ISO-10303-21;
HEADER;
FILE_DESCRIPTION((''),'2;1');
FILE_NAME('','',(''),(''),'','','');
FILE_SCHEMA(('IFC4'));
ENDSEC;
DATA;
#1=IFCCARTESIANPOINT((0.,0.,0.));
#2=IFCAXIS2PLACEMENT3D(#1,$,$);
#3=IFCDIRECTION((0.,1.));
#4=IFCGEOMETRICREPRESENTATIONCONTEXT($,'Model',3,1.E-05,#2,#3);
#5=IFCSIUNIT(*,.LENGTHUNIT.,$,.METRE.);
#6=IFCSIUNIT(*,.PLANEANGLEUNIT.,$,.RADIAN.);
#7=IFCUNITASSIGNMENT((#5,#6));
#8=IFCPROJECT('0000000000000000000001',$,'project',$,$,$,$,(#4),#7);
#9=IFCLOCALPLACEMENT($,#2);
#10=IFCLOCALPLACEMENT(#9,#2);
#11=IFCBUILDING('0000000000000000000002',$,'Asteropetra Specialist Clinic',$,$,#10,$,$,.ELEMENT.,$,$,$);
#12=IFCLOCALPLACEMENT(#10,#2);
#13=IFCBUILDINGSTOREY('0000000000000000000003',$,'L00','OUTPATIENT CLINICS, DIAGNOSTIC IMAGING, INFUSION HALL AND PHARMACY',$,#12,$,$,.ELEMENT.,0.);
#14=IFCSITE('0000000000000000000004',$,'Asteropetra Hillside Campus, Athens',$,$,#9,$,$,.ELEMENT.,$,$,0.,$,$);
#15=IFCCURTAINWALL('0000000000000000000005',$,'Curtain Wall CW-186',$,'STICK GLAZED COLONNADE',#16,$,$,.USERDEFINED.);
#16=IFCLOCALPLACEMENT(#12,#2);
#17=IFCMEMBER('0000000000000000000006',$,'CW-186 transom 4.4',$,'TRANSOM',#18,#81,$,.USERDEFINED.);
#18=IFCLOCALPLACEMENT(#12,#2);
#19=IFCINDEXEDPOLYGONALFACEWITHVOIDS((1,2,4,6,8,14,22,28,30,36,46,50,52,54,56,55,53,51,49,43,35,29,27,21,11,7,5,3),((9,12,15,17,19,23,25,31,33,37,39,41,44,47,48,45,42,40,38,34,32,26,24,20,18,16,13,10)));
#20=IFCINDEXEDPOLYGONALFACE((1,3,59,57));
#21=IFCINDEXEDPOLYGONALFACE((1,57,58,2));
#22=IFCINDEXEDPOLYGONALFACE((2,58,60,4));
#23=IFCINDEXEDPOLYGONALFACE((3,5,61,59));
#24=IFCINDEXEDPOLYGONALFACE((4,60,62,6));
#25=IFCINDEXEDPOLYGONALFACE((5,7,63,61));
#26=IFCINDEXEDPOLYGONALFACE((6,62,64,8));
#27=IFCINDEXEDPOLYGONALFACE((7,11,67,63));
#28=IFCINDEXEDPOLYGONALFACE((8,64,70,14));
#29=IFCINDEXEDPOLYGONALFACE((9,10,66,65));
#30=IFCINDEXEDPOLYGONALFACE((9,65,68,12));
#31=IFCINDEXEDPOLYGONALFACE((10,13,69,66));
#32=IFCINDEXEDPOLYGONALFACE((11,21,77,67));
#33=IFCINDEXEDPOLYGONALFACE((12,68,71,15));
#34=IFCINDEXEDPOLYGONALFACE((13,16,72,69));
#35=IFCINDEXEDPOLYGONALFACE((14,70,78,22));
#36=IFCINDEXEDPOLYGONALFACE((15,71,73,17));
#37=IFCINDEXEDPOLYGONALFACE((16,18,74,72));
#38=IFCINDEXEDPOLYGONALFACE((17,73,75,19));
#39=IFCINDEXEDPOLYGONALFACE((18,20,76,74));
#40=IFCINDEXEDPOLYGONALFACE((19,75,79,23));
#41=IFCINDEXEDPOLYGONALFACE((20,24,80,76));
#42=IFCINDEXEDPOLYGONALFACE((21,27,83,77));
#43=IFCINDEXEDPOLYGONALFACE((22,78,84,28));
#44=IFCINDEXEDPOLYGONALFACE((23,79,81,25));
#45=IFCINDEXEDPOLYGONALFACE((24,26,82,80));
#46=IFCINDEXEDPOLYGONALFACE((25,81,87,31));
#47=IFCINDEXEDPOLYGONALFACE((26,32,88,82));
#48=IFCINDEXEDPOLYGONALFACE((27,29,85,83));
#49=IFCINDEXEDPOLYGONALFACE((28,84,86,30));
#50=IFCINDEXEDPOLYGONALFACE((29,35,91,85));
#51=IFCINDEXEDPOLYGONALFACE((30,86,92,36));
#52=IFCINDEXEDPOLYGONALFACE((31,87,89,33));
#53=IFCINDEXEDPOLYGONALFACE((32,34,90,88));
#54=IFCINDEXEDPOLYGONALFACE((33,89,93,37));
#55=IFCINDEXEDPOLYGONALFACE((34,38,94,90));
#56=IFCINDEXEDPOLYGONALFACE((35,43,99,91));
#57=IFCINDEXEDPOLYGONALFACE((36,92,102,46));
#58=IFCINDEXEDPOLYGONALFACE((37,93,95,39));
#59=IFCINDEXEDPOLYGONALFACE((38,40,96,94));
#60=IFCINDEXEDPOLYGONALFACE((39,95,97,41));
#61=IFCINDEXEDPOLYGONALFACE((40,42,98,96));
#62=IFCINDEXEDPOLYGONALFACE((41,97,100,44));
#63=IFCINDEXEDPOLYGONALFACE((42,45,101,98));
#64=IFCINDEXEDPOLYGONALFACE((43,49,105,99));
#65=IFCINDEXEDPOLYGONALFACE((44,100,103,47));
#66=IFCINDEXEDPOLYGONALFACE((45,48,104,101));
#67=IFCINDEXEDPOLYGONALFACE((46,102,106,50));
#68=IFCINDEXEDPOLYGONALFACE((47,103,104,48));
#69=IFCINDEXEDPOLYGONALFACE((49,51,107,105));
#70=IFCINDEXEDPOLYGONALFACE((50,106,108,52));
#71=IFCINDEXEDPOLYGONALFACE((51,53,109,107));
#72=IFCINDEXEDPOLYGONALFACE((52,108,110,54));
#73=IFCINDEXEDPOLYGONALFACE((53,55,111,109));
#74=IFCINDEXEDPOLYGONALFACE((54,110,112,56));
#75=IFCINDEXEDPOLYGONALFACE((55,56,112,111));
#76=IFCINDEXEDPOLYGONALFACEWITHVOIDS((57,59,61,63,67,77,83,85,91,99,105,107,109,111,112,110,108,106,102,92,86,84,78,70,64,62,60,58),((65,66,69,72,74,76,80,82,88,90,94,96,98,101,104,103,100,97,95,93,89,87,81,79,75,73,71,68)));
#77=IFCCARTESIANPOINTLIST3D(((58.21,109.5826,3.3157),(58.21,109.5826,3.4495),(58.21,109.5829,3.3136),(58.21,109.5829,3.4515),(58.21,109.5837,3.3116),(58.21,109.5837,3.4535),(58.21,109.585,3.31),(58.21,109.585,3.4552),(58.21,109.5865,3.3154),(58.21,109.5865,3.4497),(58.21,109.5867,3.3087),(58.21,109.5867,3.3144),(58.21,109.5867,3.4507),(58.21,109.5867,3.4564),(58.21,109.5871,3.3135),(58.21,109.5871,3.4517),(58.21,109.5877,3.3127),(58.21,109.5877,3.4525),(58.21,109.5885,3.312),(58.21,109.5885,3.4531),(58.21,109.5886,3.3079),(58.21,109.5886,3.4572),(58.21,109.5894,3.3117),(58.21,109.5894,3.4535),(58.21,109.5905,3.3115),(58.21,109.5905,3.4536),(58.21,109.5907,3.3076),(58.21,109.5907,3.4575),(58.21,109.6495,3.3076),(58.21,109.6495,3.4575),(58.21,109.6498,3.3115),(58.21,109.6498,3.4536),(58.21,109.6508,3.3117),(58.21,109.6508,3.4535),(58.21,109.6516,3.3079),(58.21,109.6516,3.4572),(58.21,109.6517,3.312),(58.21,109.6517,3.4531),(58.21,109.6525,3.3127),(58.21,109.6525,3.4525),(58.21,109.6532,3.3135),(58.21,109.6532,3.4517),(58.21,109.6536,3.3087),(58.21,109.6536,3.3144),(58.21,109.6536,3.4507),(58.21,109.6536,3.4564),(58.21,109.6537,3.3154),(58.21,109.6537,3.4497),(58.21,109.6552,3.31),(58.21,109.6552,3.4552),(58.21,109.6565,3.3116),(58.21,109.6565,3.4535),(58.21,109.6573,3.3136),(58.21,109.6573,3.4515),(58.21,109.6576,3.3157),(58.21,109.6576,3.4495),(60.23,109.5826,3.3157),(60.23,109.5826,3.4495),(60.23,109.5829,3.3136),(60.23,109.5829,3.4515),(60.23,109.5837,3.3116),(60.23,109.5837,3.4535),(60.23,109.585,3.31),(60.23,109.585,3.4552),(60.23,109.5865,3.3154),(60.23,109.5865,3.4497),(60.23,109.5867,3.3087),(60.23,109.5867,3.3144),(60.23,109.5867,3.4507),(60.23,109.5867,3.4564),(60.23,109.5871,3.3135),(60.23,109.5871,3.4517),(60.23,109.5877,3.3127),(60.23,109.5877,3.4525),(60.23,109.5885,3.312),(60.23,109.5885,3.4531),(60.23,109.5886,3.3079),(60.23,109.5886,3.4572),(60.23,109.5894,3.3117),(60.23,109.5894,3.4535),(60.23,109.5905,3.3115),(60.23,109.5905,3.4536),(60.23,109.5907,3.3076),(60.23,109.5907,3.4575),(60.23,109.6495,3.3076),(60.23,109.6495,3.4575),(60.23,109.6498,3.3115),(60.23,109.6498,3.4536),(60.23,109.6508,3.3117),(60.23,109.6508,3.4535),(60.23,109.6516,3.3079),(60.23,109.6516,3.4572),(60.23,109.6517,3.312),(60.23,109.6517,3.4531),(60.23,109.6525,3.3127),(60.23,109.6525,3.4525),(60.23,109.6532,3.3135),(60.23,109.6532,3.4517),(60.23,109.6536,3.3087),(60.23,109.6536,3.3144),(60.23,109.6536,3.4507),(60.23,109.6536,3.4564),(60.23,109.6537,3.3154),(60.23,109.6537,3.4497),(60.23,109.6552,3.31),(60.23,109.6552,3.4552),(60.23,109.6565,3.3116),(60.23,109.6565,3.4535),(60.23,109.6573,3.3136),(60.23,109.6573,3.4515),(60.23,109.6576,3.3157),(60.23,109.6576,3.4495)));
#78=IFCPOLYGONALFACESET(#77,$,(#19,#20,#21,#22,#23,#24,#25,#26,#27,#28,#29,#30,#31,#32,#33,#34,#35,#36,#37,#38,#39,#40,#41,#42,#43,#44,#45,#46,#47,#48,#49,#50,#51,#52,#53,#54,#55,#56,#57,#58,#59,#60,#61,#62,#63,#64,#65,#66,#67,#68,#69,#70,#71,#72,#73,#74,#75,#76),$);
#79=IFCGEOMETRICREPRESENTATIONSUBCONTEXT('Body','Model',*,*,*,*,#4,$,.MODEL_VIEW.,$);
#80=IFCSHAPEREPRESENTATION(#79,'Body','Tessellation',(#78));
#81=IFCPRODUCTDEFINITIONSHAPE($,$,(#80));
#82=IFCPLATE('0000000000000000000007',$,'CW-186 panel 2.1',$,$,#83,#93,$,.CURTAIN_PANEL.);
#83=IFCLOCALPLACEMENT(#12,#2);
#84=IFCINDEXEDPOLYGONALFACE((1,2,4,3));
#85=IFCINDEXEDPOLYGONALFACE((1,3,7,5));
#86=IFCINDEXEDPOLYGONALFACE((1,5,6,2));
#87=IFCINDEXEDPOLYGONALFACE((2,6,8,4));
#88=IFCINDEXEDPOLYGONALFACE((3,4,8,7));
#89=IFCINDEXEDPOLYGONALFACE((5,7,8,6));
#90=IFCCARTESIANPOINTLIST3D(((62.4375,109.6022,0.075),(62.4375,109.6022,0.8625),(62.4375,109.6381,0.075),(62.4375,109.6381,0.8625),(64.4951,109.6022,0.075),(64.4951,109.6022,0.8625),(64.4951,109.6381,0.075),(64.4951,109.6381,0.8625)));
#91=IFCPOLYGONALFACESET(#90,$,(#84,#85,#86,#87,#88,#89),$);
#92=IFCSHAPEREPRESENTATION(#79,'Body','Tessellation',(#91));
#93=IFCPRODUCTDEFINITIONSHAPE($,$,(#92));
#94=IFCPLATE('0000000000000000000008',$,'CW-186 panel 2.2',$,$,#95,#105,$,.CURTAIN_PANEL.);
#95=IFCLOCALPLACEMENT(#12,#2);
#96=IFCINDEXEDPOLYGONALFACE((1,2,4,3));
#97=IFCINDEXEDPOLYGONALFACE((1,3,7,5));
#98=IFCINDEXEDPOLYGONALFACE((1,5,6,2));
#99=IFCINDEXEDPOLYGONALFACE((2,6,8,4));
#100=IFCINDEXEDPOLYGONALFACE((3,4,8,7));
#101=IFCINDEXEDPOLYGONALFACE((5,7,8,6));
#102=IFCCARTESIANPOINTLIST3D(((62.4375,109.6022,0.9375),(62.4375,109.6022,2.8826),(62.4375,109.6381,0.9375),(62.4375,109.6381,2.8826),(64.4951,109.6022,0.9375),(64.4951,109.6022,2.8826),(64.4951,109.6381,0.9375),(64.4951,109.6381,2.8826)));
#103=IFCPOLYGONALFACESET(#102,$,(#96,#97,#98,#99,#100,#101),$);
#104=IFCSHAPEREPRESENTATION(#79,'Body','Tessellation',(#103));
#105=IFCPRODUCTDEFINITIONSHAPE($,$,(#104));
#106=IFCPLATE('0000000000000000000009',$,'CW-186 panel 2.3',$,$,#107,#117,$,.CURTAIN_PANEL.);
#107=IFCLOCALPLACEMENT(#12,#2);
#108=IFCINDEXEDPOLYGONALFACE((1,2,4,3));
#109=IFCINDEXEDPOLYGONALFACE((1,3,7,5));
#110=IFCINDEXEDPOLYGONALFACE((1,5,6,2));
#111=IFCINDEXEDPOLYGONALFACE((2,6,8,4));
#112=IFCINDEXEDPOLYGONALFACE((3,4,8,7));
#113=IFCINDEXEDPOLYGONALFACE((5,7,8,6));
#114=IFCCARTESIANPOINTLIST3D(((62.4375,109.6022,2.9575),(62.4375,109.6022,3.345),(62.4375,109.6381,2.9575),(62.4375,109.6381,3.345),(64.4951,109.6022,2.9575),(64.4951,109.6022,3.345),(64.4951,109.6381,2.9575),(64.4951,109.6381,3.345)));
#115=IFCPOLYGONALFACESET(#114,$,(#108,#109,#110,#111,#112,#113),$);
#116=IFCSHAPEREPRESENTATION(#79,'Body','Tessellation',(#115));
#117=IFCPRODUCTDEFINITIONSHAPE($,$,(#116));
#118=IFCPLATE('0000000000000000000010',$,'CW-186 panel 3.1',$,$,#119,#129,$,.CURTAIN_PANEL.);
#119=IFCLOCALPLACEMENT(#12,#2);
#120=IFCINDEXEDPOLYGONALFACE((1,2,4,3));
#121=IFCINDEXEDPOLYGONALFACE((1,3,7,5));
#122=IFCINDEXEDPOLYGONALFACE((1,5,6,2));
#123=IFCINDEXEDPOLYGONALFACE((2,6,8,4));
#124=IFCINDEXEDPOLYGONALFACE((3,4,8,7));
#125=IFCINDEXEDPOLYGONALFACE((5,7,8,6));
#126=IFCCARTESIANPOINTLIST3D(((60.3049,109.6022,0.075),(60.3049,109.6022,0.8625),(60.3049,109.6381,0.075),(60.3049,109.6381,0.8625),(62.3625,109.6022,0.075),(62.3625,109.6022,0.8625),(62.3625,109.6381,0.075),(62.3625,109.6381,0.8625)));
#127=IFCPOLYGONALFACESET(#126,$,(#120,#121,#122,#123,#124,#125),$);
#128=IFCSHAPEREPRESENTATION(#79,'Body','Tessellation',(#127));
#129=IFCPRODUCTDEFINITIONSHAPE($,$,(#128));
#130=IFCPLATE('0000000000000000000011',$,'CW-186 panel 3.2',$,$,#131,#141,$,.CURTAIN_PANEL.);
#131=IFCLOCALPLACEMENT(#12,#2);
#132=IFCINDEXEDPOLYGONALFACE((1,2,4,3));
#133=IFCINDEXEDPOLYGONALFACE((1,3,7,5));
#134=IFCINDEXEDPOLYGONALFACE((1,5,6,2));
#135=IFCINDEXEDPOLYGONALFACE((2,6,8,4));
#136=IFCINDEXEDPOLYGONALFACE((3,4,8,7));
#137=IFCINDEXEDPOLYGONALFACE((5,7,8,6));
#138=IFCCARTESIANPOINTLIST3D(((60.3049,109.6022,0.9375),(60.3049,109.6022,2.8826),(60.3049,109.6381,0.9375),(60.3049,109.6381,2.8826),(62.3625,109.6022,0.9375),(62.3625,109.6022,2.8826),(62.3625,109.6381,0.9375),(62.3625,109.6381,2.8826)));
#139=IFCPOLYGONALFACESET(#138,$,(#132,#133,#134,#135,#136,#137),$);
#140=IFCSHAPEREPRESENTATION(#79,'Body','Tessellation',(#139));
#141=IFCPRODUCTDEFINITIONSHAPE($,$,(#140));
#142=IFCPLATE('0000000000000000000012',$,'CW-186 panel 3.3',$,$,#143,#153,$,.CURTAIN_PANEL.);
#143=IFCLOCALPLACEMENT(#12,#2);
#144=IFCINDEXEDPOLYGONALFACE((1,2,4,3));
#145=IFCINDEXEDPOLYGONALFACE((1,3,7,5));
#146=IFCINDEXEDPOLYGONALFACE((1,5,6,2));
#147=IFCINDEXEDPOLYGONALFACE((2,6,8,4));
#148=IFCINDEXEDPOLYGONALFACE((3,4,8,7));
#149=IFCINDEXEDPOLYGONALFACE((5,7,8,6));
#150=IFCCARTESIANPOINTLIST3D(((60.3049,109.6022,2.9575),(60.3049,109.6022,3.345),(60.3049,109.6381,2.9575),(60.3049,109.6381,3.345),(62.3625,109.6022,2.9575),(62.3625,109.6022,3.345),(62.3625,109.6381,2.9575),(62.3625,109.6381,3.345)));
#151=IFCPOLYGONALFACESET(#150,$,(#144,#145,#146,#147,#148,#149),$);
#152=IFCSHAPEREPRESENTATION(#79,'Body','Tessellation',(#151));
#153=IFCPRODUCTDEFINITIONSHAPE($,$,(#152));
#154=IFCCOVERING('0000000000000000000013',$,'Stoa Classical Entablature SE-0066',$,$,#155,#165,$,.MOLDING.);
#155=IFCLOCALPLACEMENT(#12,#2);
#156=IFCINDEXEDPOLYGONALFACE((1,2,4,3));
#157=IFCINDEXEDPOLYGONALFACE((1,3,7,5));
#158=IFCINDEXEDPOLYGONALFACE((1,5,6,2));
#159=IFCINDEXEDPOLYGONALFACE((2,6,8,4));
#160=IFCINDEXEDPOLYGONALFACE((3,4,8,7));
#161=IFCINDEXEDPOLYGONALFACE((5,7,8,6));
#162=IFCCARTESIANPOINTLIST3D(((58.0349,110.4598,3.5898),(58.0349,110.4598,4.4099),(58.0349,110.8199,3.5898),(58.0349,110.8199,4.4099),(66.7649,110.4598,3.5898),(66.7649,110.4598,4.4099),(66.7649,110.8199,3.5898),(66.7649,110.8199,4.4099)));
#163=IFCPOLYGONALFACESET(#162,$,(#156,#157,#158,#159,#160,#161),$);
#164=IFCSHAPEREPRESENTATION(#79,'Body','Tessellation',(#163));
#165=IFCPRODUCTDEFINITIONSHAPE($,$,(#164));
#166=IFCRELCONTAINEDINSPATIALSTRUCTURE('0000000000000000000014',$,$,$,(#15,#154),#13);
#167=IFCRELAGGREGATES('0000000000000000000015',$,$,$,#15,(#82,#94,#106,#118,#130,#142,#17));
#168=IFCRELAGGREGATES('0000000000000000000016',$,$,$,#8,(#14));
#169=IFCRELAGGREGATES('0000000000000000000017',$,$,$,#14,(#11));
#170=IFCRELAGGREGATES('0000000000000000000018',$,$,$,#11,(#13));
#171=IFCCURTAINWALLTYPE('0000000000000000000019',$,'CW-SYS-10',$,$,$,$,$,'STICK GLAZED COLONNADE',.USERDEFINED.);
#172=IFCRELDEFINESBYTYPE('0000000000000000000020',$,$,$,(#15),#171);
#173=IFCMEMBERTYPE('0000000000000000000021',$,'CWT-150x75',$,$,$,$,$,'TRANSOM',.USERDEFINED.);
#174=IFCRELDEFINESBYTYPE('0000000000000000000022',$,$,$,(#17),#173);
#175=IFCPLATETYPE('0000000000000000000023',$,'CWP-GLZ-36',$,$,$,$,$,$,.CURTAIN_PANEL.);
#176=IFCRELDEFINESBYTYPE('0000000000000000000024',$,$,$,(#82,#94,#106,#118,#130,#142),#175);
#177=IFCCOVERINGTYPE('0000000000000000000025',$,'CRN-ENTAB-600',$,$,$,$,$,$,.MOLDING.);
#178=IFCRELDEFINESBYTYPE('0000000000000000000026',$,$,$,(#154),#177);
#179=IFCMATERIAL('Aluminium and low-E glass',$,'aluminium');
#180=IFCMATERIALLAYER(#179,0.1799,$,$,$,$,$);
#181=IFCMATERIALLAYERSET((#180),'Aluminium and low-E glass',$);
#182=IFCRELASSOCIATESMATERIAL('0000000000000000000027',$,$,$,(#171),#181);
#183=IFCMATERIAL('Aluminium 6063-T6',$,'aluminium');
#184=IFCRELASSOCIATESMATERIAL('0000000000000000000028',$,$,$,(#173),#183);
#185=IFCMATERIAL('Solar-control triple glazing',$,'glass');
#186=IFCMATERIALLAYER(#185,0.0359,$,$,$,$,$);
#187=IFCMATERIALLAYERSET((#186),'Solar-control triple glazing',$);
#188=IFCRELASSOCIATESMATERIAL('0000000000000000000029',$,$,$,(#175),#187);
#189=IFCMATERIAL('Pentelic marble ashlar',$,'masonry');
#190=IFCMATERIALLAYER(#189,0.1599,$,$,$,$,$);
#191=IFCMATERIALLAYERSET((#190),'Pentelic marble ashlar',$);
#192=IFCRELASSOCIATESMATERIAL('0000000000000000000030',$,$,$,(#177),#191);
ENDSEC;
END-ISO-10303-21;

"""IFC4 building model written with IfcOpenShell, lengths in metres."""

from ifc_helpers import new_model, si_unit, direction, frame, origin, origin_2d, place, context, subcontext, project, spatial, rectangle, hollow_rectangle, extrude, material, layer, layer_set, material_profile, profile_set, type_object, element, aggregate, save


model = new_model("IFC4")

# Units and contexts
model_context = context("Model", 3, precision=1e-05, world=origin(), true_north=direction((0.0, 1.0)))
body_context = subcontext(model_context, "Body", "Model", "MODEL_VIEW")
ifc_project = project(units=[si_unit("LENGTHUNIT", "METRE"), si_unit("PLANEANGLEUNIT", "RADIAN")], contexts=[model_context])

# Site, building, storey
site_placement = place(None, origin())
site = spatial("IfcSite", under=ifc_project, at=site_placement, Name="Asteropetra Hillside Campus, Athens", CompositionType="ELEMENT", RefElevation=0.0)
building_placement = place(site_placement, origin())
building = spatial("IfcBuilding", under=site, at=building_placement, Name="Asteropetra Specialist Clinic", CompositionType="ELEMENT")
storey_placement = place(building_placement, origin())
storey = spatial("IfcBuildingStorey", under=building, at=storey_placement, Name="L00", Description="OUTPATIENT CLINICS, DIAGNOSTIC IMAGING, INFUSION HALL AND PHARMACY", CompositionType="ELEMENT", Elevation=0.0)

# Curtain wall, member, plates
ifc_material_1 = material(Name="Aluminium and low-E glass", Category="aluminium")
ifc_layer_1 = layer(ifc_material_1, 0.1799)
ifc_layer_set_1 = layer_set([ifc_layer_1], Name="Aluminium and low-E glass")
curtain_wall_type = type_object("IfcCurtainWallType", Name="CW-SYS-10", ElementType="STICK GLAZED COLONNADE", PredefinedType="USERDEFINED", material=ifc_layer_set_1)
curtain_wall_placement = place(storey_placement, origin())
curtain_wall = element("IfcCurtainWall", 1, at=curtain_wall_placement, inside=storey, type_object=curtain_wall_type, Name="Curtain Wall CW-186", ObjectType="STICK GLAZED COLONNADE", PredefinedType="USERDEFINED")
ifc_material_2 = material(Name="Aluminium 6063-T6", Category="aluminium")
ifc_material_profile_1 = material_profile(ifc_material_2, hollow_rectangle(XDim=0.075, YDim=0.1499, WallThickness=0.0039, InnerFilletRadius=0.0039, OuterFilletRadius=0.0081, at=origin_2d()), Name="TRN 150x75x4.0")
ifc_profile_set_1 = profile_set([ifc_material_profile_1], Name="Aluminium 6063-T6")
member_type_1 = type_object("IfcMemberType", Name="CWT-150x75", ElementType="TRANSOM", PredefinedType="USERDEFINED", material=ifc_profile_set_1)
member_1_placement = place(storey_placement, frame((60.23, 109.6201, 3.3826), z_axis=(-1.0, 0.0, 0.0), x_axis=(0.0, -1.0, 0.0)))
member_1 = element("IfcMember", 2, at=member_1_placement, type_object=member_type_1, Name="CW-186 transom 4.4", ObjectType="TRANSOM", PredefinedType="USERDEFINED", context=body_context, shape_type="SweptSolid", body=[
    extrude(hollow_rectangle(XDim=0.075, YDim=0.1499, WallThickness=0.0039, InnerFilletRadius=0.0039, OuterFilletRadius=0.0081, at=origin_2d()), origin(), (0.0, 0.0, 1.0), 2.02),
])
ifc_material_3 = material(Name="Solar-control triple glazing", Category="glass")
ifc_layer_2 = layer(ifc_material_3, 0.0359)
ifc_layer_set_2 = layer_set([ifc_layer_2], Name="Solar-control triple glazing")
plate_type = type_object("IfcPlateType", Name="CWP-GLZ-36", PredefinedType="CURTAIN_PANEL", material=ifc_layer_set_2)
plate_1_placement = place(storey_placement, frame((63.4663, 109.6201, 0.075), z_axis=(0.0, 0.0, 1.0), x_axis=(-1.0, 0.0, 0.0)))
plate_1 = element("IfcPlate", 3, at=plate_1_placement, type_object=plate_type, Name="CW-186 panel 2.1", PredefinedType="CURTAIN_PANEL", context=body_context, shape_type="SweptSolid", body=[
    extrude(rectangle(XDim=2.0576, YDim=0.0359, at=origin_2d()), origin(), (0.0, 0.0, 1.0), 0.7876),
])
plate_2_placement = place(storey_placement, frame((63.4663, 109.6201, 0.9375), z_axis=(0.0, 0.0, 1.0), x_axis=(-1.0, 0.0, 0.0)))
plate_2 = element("IfcPlate", 4, at=plate_2_placement, type_object=plate_type, Name="CW-186 panel 2.2", PredefinedType="CURTAIN_PANEL", context=body_context, shape_type="SweptSolid", body=[
    extrude(rectangle(XDim=2.0576, YDim=0.0359, at=origin_2d()), origin(), (0.0, 0.0, 1.0), 1.9451),
])
plate_3_placement = place(storey_placement, frame((63.4663, 109.6201, 2.9575), z_axis=(0.0, 0.0, 1.0), x_axis=(-1.0, 0.0, 0.0)))
plate_3 = element("IfcPlate", 5, at=plate_3_placement, type_object=plate_type, Name="CW-186 panel 2.3", PredefinedType="CURTAIN_PANEL", context=body_context, shape_type="SweptSolid", body=[
    extrude(rectangle(XDim=2.0576, YDim=0.0359, at=origin_2d()), origin(), (0.0, 0.0, 1.0), 0.3875),
])
plate_4_placement = place(storey_placement, frame((61.3337, 109.6201, 0.075), z_axis=(0.0, 0.0, 1.0), x_axis=(-1.0, 0.0, 0.0)))
plate_4 = element("IfcPlate", 6, at=plate_4_placement, type_object=plate_type, Name="CW-186 panel 3.1", PredefinedType="CURTAIN_PANEL", context=body_context, shape_type="SweptSolid", body=[
    extrude(rectangle(XDim=2.0576, YDim=0.0359, at=origin_2d()), origin(), (0.0, 0.0, 1.0), 0.7876),
])
plate_5_placement = place(storey_placement, frame((61.3337, 109.6201, 0.9375), z_axis=(0.0, 0.0, 1.0), x_axis=(-1.0, 0.0, 0.0)))
plate_5 = element("IfcPlate", 7, at=plate_5_placement, type_object=plate_type, Name="CW-186 panel 3.2", PredefinedType="CURTAIN_PANEL", context=body_context, shape_type="SweptSolid", body=[
    extrude(rectangle(XDim=2.0576, YDim=0.0359, at=origin_2d()), origin(), (0.0, 0.0, 1.0), 1.9451),
])
plate_6_placement = place(storey_placement, frame((61.3337, 109.6201, 2.9575), z_axis=(0.0, 0.0, 1.0), x_axis=(-1.0, 0.0, 0.0)))
plate_6 = element("IfcPlate", 8, at=plate_6_placement, type_object=plate_type, Name="CW-186 panel 3.3", PredefinedType="CURTAIN_PANEL", context=body_context, shape_type="SweptSolid", body=[
    extrude(rectangle(XDim=2.0576, YDim=0.0359, at=origin_2d()), origin(), (0.0, 0.0, 1.0), 0.3875),
])
aggregate(curtain_wall, [plate_1, plate_2, plate_3, plate_4, plate_5, plate_6, member_1])

# Covering
ifc_material_4 = material(Name="Pentelic marble ashlar", Category="masonry")
ifc_layer_3 = layer(ifc_material_4, 0.1599)
ifc_layer_set_3 = layer_set([ifc_layer_3], Name="Pentelic marble ashlar")
covering_type = type_object("IfcCoveringType", Name="CRN-ENTAB-600", PredefinedType="MOLDING", material=ifc_layer_set_3)
covering_placement = place(storey_placement, frame((62.3999, 110.6399, 3.5898), z_axis=(0.0, 0.0, 1.0), x_axis=(1.0, 0.0, 0.0)))
element("IfcCovering", 9, at=covering_placement, inside=storey, type_object=covering_type, Name="Stoa Classical Entablature SE-0066", PredefinedType="MOLDING", context=body_context, shape_type="SweptSolid", body=[
    extrude(rectangle(XDim=8.73, YDim=0.3601, at=origin_2d()), origin(), (0.0, 0.0, 1.0), 0.8201),
])

save(model, "model.ifc")
